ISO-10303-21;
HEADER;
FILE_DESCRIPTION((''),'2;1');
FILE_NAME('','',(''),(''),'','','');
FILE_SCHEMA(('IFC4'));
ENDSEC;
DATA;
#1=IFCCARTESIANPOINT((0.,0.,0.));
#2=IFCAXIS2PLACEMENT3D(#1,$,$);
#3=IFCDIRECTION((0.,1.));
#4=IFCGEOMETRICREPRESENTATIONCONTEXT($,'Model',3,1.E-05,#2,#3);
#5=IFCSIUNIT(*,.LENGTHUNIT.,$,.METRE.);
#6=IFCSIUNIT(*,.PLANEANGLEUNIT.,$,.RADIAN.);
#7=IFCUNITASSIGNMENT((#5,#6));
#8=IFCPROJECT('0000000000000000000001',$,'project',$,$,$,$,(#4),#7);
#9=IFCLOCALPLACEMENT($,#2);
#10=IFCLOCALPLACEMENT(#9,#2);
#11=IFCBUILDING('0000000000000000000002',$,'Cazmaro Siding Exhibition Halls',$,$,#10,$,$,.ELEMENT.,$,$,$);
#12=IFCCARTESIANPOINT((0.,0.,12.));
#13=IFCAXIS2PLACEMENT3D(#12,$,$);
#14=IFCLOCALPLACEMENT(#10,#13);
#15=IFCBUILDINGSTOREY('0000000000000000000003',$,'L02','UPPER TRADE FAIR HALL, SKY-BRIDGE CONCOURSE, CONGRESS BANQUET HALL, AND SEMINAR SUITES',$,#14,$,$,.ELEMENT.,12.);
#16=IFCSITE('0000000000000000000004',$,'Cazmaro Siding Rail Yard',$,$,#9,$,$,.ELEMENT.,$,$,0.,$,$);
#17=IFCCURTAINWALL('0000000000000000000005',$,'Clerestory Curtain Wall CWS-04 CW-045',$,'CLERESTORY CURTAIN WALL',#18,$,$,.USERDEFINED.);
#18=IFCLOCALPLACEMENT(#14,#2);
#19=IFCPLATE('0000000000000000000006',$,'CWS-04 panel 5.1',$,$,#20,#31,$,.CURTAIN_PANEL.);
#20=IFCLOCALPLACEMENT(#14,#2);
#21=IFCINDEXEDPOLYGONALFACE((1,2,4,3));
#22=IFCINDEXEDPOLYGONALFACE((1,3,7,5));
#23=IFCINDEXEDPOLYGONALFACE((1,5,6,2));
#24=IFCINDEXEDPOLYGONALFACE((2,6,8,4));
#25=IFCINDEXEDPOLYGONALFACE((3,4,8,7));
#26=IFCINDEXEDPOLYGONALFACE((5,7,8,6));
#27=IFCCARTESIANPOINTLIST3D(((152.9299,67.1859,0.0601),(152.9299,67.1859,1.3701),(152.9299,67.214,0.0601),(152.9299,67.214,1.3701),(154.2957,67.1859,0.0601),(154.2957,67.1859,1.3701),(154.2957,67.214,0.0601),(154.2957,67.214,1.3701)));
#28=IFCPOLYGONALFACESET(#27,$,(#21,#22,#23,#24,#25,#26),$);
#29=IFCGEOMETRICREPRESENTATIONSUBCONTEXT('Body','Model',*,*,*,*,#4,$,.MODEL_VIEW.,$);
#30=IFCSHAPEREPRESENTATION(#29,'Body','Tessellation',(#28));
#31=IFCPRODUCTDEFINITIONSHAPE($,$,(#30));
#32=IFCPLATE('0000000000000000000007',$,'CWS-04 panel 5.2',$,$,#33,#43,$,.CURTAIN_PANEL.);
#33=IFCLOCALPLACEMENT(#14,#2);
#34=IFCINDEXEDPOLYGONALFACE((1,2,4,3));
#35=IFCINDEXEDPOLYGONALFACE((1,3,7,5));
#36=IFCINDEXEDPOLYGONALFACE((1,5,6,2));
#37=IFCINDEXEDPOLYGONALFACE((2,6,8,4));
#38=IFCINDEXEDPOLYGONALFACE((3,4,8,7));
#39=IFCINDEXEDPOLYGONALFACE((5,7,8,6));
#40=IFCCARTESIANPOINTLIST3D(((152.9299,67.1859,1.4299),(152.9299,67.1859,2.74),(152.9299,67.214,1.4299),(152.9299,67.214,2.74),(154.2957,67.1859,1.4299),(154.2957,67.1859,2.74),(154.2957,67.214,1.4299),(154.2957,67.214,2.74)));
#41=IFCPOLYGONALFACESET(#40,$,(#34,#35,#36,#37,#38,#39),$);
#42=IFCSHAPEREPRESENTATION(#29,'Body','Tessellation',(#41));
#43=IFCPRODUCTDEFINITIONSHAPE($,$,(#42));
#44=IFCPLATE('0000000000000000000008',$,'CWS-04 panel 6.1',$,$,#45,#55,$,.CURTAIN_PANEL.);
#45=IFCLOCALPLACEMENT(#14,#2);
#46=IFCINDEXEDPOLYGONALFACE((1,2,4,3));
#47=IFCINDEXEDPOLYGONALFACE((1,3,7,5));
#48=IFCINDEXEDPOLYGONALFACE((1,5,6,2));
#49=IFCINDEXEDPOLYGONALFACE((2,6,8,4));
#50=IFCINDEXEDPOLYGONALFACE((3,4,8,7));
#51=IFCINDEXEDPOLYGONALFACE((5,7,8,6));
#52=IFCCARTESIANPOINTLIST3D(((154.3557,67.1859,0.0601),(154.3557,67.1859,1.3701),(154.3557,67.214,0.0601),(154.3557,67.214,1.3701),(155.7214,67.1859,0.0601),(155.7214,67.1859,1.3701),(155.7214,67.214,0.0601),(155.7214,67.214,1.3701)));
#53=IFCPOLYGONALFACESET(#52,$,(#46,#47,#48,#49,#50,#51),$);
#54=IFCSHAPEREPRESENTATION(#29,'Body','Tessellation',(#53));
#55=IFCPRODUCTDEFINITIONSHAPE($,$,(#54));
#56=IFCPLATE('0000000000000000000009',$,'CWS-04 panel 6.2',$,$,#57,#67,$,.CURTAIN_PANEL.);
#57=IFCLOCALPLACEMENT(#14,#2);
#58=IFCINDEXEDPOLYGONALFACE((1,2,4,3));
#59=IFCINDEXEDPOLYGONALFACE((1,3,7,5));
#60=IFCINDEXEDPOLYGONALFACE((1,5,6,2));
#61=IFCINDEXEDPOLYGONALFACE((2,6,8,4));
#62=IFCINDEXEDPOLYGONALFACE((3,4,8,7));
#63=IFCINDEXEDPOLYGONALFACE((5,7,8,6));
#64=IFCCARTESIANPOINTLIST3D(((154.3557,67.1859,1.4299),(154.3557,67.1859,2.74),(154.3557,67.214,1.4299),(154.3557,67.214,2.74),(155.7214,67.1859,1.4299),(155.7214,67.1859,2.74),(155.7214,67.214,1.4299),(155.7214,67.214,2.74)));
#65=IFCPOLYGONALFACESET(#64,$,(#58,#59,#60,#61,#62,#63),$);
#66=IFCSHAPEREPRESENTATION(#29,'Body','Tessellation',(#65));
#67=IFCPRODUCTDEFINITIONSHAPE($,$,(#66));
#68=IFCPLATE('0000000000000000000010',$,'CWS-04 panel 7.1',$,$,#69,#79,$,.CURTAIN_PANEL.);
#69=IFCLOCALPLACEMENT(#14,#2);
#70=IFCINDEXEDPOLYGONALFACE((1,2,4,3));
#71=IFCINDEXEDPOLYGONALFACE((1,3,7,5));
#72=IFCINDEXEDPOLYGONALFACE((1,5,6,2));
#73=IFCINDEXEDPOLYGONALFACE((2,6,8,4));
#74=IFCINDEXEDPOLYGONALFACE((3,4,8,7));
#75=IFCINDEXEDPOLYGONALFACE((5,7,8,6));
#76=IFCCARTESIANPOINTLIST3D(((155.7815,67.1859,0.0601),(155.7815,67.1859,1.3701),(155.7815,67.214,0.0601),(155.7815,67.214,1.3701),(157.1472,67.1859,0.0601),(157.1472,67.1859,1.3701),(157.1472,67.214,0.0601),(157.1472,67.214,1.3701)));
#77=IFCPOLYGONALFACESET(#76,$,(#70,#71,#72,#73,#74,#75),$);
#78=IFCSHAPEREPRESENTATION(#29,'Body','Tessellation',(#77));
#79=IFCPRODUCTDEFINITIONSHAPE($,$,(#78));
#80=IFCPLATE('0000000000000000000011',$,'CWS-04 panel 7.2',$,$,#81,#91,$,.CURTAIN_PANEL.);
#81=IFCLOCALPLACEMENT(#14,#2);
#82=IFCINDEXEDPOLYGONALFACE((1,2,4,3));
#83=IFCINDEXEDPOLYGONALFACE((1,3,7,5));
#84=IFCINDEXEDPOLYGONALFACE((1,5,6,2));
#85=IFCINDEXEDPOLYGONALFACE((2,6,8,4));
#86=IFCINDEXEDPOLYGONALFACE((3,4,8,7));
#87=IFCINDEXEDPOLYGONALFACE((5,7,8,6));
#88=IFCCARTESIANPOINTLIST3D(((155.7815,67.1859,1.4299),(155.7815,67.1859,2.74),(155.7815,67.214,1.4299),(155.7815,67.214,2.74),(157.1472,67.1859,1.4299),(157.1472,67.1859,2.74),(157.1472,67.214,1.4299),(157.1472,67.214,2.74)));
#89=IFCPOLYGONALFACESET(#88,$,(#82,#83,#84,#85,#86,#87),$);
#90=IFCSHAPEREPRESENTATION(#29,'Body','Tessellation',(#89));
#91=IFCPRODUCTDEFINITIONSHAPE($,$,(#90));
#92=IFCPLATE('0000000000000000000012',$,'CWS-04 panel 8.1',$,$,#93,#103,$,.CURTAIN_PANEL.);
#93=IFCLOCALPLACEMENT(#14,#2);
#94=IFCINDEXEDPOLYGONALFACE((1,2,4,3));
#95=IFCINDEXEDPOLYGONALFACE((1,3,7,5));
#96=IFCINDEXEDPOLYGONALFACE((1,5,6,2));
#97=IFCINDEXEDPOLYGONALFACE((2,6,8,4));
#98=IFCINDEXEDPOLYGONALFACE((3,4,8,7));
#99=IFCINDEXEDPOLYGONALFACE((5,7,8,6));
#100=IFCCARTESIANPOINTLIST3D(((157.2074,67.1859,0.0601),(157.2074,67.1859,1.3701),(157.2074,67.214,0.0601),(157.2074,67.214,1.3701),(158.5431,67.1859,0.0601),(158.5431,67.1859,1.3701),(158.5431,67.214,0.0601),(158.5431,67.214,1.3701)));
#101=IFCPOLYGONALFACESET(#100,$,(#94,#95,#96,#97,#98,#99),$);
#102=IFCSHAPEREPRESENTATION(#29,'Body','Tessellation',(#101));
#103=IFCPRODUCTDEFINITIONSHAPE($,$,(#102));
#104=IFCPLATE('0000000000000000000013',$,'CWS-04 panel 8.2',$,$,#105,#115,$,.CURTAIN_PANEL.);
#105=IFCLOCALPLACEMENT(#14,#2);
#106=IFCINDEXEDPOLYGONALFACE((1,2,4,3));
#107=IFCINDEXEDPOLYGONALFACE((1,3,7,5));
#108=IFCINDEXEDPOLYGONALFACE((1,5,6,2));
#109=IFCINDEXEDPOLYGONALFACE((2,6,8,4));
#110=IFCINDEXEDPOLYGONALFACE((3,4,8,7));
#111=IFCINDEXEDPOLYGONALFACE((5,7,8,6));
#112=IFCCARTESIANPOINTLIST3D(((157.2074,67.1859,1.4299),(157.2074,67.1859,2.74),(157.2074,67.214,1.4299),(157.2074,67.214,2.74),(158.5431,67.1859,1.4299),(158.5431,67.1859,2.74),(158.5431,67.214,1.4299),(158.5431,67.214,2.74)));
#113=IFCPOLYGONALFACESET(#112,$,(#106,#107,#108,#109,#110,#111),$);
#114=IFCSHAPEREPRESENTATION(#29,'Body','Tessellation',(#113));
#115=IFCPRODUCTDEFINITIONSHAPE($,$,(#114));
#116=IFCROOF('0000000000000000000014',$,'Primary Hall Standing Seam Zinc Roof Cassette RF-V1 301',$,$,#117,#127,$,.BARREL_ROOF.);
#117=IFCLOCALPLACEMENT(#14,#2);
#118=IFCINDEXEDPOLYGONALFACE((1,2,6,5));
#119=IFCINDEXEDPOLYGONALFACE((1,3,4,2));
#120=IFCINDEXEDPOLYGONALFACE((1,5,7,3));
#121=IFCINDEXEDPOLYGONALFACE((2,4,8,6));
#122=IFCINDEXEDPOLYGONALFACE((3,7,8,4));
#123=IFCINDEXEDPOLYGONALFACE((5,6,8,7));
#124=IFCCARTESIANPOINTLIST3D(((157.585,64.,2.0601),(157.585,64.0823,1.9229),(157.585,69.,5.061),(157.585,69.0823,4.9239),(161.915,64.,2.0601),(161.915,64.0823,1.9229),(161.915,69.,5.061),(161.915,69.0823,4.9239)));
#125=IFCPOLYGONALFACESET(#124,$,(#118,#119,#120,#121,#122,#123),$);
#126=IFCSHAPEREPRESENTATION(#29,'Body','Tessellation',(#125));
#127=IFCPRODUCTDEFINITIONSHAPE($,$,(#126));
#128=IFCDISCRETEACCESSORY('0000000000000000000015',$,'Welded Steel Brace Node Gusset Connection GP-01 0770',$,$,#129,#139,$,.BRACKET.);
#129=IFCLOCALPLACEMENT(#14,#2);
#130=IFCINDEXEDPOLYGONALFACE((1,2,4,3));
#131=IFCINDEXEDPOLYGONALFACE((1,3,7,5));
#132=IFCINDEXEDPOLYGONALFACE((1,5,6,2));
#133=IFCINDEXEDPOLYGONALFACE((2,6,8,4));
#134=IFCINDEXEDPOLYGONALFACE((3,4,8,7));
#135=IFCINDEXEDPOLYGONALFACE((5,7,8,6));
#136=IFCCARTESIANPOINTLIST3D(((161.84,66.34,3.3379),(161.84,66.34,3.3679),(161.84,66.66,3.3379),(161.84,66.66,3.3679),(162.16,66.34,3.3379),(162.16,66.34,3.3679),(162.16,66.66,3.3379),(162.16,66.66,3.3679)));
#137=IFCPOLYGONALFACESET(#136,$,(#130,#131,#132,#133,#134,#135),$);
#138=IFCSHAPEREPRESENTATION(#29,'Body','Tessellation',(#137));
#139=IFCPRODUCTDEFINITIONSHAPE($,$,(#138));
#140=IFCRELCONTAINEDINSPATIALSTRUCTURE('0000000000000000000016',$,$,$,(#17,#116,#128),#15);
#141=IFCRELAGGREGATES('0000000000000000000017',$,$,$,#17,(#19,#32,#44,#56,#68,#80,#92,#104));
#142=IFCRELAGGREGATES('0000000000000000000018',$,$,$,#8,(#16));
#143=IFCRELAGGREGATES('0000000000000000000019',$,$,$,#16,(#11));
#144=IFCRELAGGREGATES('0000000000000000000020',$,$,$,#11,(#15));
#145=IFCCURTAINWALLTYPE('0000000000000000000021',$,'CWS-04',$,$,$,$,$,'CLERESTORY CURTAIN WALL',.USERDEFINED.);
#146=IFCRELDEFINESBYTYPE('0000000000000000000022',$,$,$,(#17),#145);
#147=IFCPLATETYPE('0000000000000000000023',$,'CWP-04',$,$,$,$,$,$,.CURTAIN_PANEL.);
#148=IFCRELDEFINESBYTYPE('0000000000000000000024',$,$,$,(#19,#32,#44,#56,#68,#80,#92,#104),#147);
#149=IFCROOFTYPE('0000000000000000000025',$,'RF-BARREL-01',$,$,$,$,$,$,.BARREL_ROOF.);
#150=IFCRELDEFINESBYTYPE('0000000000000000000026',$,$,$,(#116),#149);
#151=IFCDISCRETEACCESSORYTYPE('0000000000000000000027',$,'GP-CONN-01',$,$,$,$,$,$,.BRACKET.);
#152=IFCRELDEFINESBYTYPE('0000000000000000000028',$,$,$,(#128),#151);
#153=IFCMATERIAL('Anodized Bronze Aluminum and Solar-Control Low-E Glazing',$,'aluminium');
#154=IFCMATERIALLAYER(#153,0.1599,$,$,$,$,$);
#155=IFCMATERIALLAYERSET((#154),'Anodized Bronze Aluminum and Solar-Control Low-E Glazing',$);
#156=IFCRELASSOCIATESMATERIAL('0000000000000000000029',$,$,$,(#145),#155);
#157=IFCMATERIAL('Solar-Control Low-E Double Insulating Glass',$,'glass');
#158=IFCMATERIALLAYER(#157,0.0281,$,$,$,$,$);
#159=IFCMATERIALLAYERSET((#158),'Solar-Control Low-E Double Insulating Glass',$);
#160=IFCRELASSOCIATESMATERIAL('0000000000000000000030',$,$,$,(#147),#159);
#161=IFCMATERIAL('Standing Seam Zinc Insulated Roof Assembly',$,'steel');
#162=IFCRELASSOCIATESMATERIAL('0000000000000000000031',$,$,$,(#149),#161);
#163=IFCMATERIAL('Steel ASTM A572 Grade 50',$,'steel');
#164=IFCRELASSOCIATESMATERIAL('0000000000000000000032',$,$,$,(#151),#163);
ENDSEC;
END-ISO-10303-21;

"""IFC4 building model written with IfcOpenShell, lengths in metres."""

from ifc_helpers import new_model, si_unit, direction, frame, origin, origin_2d, place, context, subcontext, project, spatial, polyline, rectangle, outline, extrude, material, layer, layer_set, type_object, element, aggregate, save


model = new_model("IFC4")

# Units and contexts
model_context = context("Model", 3, precision=1e-05, world=origin(), true_north=direction((0.0, 1.0)))
body_context = subcontext(model_context, "Body", "Model", "MODEL_VIEW")
ifc_project = project(units=[si_unit("LENGTHUNIT", "METRE"), si_unit("PLANEANGLEUNIT", "RADIAN")], contexts=[model_context])

# Site, building, storey
site_placement = place(None, origin())
site = spatial("IfcSite", under=ifc_project, at=site_placement, Name="Cazmaro Siding Rail Yard", CompositionType="ELEMENT", RefElevation=0.0)
building_placement = place(site_placement, origin())
building = spatial("IfcBuilding", under=site, at=building_placement, Name="Cazmaro Siding Exhibition Halls", CompositionType="ELEMENT")
storey_placement = place(building_placement, frame((0.0, 0.0, 12.0)))
storey = spatial("IfcBuildingStorey", under=building, at=storey_placement, Name="L02", Description="UPPER TRADE FAIR HALL, SKY-BRIDGE CONCOURSE, CONGRESS BANQUET HALL, AND SEMINAR SUITES", CompositionType="ELEMENT", Elevation=12.0)

# Curtain wall
ifc_material_1 = material(Name="Anodized Bronze Aluminum and Solar-Control Low-E Glazing", Category="aluminium")
ifc_layer_1 = layer(ifc_material_1, 0.1599)
ifc_layer_set_1 = layer_set([ifc_layer_1], Name="Anodized Bronze Aluminum and Solar-Control Low-E Glazing")
curtain_wall_type = type_object("IfcCurtainWallType", Name="CWS-04", ElementType="CLERESTORY CURTAIN WALL", PredefinedType="USERDEFINED", material=ifc_layer_set_1)
curtain_wall_placement = place(storey_placement, origin())
curtain_wall = element("IfcCurtainWall", 1, at=curtain_wall_placement, inside=storey, type_object=curtain_wall_type, Name="Clerestory Curtain Wall CWS-04 CW-045", ObjectType="CLERESTORY CURTAIN WALL", PredefinedType="USERDEFINED")

# Plates
ifc_material_2 = material(Name="Solar-Control Low-E Double Insulating Glass", Category="glass")
ifc_layer_2 = layer(ifc_material_2, 0.0281)
ifc_layer_set_2 = layer_set([ifc_layer_2], Name="Solar-Control Low-E Double Insulating Glass")
plate_type_1 = type_object("IfcPlateType", Name="CWP-04", PredefinedType="CURTAIN_PANEL", material=ifc_layer_set_2)
plate_1_placement = place(storey_placement, frame((153.6128, 67.2, 0.0601), z_axis=(0.0, 0.0, 1.0), x_axis=(1.0, 0.0, 0.0)))
plate_1 = element("IfcPlate", 2, at=plate_1_placement, type_object=plate_type_1, Name="CWS-04 panel 5.1", PredefinedType="CURTAIN_PANEL", context=body_context, shape_type="SweptSolid", body=[
    extrude(rectangle(XDim=1.3657, YDim=0.0281, at=origin_2d()), origin(), (0.0, 0.0, 1.0), 1.3101),
])
plate_2_placement = place(storey_placement, frame((153.6128, 67.2, 1.4299), z_axis=(0.0, 0.0, 1.0), x_axis=(1.0, 0.0, 0.0)))
plate_2 = element("IfcPlate", 3, at=plate_2_placement, type_object=plate_type_1, Name="CWS-04 panel 5.2", PredefinedType="CURTAIN_PANEL", context=body_context, shape_type="SweptSolid", body=[
    extrude(rectangle(XDim=1.3657, YDim=0.0281, at=origin_2d()), origin(), (0.0, 0.0, 1.0), 1.3101),
])
plate_3_placement = place(storey_placement, frame((155.0386, 67.2, 0.0601), z_axis=(0.0, 0.0, 1.0), x_axis=(1.0, 0.0, 0.0)))
plate_3 = element("IfcPlate", 4, at=plate_3_placement, type_object=plate_type_1, Name="CWS-04 panel 6.1", PredefinedType="CURTAIN_PANEL", context=body_context, shape_type="SweptSolid", body=[
    extrude(rectangle(XDim=1.3657, YDim=0.0281, at=origin_2d()), origin(), (0.0, 0.0, 1.0), 1.3101),
])
plate_4_placement = place(storey_placement, frame((155.0386, 67.2, 1.4299), z_axis=(0.0, 0.0, 1.0), x_axis=(1.0, 0.0, 0.0)))
plate_4 = element("IfcPlate", 5, at=plate_4_placement, type_object=plate_type_1, Name="CWS-04 panel 6.2", PredefinedType="CURTAIN_PANEL", context=body_context, shape_type="SweptSolid", body=[
    extrude(rectangle(XDim=1.3657, YDim=0.0281, at=origin_2d()), origin(), (0.0, 0.0, 1.0), 1.3101),
])
plate_5_placement = place(storey_placement, frame((156.4644, 67.2, 0.0601), z_axis=(0.0, 0.0, 1.0), x_axis=(1.0, 0.0, 0.0)))
plate_5 = element("IfcPlate", 6, at=plate_5_placement, type_object=plate_type_1, Name="CWS-04 panel 7.1", PredefinedType="CURTAIN_PANEL", context=body_context, shape_type="SweptSolid", body=[
    extrude(rectangle(XDim=1.3657, YDim=0.0281, at=origin_2d()), origin(), (0.0, 0.0, 1.0), 1.3101),
])
plate_6_placement = place(storey_placement, frame((156.4644, 67.2, 1.4299), z_axis=(0.0, 0.0, 1.0), x_axis=(1.0, 0.0, 0.0)))
plate_6 = element("IfcPlate", 7, at=plate_6_placement, type_object=plate_type_1, Name="CWS-04 panel 7.2", PredefinedType="CURTAIN_PANEL", context=body_context, shape_type="SweptSolid", body=[
    extrude(rectangle(XDim=1.3657, YDim=0.0281, at=origin_2d()), origin(), (0.0, 0.0, 1.0), 1.3101),
])
plate_7_placement = place(storey_placement, frame((157.8752, 67.2, 0.0601), z_axis=(0.0, 0.0, 1.0), x_axis=(1.0, 0.0, 0.0)))
plate_7 = element("IfcPlate", 8, at=plate_7_placement, type_object=plate_type_1, Name="CWS-04 panel 8.1", PredefinedType="CURTAIN_PANEL", context=body_context, shape_type="SweptSolid", body=[
    extrude(rectangle(XDim=1.3357, YDim=0.0281, at=origin_2d()), origin(), (0.0, 0.0, 1.0), 1.3101),
])
plate_8_placement = place(storey_placement, frame((157.8752, 67.2, 1.4299), z_axis=(0.0, 0.0, 1.0), x_axis=(1.0, 0.0, 0.0)))
plate_8 = element("IfcPlate", 9, at=plate_8_placement, type_object=plate_type_1, Name="CWS-04 panel 8.2", PredefinedType="CURTAIN_PANEL", context=body_context, shape_type="SweptSolid", body=[
    extrude(rectangle(XDim=1.3357, YDim=0.0281, at=origin_2d()), origin(), (0.0, 0.0, 1.0), 1.3101),
])
aggregate(curtain_wall, [plate_1, plate_2, plate_3, plate_4, plate_5, plate_6, plate_7, plate_8])

# Roof
ifc_material_3 = material(Name="Standing Seam Zinc Insulated Roof Assembly", Category="steel")
roof_type = type_object("IfcRoofType", Name="RF-BARREL-01", PredefinedType="BARREL_ROOF", material=ifc_material_3)
roof_placement = place(storey_placement, frame((157.585, 64.0, 2.0601), z_axis=(0.0, -0.514619, 0.857419), x_axis=(1.0, 0.0, 0.0)))
element("IfcRoof", 10, at=roof_placement, inside=storey, type_object=roof_type, Name="Primary Hall Standing Seam Zinc Roof Cassette RF-V1 301", PredefinedType="BARREL_ROOF", context=body_context, shape_type="SweptSolid", body=[
    extrude(outline(polyline([(0.0, 0.0), (4.3301, 0.0), (4.3301, 5.8315), (0.0, 5.8315), (0.0, 0.0)])), origin(), (0.0, 0.0, -1.0), 0.1599),
])

# Discrete accessory
ifc_material_4 = material(Name="Steel ASTM A572 Grade 50", Category="steel")
discrete_accessory_type = type_object("IfcDiscreteAccessoryType", Name="GP-CONN-01", PredefinedType="BRACKET", material=ifc_material_4)
discrete_accessory_placement = place(storey_placement, frame((162.0, 66.5, 3.3379), z_axis=(0.0, 0.0, 1.0), x_axis=(1.0, 0.0, 0.0)))
element("IfcDiscreteAccessory", 11, at=discrete_accessory_placement, inside=storey, type_object=discrete_accessory_type, Name="Welded Steel Brace Node Gusset Connection GP-01 0770", PredefinedType="BRACKET", context=body_context, shape_type="SweptSolid", body=[
    extrude(rectangle(XDim=0.3201, YDim=0.3201, at=origin_2d()), origin(), (0.0, 0.0, 1.0), 0.03),
])

save(model, "model.ifc")
